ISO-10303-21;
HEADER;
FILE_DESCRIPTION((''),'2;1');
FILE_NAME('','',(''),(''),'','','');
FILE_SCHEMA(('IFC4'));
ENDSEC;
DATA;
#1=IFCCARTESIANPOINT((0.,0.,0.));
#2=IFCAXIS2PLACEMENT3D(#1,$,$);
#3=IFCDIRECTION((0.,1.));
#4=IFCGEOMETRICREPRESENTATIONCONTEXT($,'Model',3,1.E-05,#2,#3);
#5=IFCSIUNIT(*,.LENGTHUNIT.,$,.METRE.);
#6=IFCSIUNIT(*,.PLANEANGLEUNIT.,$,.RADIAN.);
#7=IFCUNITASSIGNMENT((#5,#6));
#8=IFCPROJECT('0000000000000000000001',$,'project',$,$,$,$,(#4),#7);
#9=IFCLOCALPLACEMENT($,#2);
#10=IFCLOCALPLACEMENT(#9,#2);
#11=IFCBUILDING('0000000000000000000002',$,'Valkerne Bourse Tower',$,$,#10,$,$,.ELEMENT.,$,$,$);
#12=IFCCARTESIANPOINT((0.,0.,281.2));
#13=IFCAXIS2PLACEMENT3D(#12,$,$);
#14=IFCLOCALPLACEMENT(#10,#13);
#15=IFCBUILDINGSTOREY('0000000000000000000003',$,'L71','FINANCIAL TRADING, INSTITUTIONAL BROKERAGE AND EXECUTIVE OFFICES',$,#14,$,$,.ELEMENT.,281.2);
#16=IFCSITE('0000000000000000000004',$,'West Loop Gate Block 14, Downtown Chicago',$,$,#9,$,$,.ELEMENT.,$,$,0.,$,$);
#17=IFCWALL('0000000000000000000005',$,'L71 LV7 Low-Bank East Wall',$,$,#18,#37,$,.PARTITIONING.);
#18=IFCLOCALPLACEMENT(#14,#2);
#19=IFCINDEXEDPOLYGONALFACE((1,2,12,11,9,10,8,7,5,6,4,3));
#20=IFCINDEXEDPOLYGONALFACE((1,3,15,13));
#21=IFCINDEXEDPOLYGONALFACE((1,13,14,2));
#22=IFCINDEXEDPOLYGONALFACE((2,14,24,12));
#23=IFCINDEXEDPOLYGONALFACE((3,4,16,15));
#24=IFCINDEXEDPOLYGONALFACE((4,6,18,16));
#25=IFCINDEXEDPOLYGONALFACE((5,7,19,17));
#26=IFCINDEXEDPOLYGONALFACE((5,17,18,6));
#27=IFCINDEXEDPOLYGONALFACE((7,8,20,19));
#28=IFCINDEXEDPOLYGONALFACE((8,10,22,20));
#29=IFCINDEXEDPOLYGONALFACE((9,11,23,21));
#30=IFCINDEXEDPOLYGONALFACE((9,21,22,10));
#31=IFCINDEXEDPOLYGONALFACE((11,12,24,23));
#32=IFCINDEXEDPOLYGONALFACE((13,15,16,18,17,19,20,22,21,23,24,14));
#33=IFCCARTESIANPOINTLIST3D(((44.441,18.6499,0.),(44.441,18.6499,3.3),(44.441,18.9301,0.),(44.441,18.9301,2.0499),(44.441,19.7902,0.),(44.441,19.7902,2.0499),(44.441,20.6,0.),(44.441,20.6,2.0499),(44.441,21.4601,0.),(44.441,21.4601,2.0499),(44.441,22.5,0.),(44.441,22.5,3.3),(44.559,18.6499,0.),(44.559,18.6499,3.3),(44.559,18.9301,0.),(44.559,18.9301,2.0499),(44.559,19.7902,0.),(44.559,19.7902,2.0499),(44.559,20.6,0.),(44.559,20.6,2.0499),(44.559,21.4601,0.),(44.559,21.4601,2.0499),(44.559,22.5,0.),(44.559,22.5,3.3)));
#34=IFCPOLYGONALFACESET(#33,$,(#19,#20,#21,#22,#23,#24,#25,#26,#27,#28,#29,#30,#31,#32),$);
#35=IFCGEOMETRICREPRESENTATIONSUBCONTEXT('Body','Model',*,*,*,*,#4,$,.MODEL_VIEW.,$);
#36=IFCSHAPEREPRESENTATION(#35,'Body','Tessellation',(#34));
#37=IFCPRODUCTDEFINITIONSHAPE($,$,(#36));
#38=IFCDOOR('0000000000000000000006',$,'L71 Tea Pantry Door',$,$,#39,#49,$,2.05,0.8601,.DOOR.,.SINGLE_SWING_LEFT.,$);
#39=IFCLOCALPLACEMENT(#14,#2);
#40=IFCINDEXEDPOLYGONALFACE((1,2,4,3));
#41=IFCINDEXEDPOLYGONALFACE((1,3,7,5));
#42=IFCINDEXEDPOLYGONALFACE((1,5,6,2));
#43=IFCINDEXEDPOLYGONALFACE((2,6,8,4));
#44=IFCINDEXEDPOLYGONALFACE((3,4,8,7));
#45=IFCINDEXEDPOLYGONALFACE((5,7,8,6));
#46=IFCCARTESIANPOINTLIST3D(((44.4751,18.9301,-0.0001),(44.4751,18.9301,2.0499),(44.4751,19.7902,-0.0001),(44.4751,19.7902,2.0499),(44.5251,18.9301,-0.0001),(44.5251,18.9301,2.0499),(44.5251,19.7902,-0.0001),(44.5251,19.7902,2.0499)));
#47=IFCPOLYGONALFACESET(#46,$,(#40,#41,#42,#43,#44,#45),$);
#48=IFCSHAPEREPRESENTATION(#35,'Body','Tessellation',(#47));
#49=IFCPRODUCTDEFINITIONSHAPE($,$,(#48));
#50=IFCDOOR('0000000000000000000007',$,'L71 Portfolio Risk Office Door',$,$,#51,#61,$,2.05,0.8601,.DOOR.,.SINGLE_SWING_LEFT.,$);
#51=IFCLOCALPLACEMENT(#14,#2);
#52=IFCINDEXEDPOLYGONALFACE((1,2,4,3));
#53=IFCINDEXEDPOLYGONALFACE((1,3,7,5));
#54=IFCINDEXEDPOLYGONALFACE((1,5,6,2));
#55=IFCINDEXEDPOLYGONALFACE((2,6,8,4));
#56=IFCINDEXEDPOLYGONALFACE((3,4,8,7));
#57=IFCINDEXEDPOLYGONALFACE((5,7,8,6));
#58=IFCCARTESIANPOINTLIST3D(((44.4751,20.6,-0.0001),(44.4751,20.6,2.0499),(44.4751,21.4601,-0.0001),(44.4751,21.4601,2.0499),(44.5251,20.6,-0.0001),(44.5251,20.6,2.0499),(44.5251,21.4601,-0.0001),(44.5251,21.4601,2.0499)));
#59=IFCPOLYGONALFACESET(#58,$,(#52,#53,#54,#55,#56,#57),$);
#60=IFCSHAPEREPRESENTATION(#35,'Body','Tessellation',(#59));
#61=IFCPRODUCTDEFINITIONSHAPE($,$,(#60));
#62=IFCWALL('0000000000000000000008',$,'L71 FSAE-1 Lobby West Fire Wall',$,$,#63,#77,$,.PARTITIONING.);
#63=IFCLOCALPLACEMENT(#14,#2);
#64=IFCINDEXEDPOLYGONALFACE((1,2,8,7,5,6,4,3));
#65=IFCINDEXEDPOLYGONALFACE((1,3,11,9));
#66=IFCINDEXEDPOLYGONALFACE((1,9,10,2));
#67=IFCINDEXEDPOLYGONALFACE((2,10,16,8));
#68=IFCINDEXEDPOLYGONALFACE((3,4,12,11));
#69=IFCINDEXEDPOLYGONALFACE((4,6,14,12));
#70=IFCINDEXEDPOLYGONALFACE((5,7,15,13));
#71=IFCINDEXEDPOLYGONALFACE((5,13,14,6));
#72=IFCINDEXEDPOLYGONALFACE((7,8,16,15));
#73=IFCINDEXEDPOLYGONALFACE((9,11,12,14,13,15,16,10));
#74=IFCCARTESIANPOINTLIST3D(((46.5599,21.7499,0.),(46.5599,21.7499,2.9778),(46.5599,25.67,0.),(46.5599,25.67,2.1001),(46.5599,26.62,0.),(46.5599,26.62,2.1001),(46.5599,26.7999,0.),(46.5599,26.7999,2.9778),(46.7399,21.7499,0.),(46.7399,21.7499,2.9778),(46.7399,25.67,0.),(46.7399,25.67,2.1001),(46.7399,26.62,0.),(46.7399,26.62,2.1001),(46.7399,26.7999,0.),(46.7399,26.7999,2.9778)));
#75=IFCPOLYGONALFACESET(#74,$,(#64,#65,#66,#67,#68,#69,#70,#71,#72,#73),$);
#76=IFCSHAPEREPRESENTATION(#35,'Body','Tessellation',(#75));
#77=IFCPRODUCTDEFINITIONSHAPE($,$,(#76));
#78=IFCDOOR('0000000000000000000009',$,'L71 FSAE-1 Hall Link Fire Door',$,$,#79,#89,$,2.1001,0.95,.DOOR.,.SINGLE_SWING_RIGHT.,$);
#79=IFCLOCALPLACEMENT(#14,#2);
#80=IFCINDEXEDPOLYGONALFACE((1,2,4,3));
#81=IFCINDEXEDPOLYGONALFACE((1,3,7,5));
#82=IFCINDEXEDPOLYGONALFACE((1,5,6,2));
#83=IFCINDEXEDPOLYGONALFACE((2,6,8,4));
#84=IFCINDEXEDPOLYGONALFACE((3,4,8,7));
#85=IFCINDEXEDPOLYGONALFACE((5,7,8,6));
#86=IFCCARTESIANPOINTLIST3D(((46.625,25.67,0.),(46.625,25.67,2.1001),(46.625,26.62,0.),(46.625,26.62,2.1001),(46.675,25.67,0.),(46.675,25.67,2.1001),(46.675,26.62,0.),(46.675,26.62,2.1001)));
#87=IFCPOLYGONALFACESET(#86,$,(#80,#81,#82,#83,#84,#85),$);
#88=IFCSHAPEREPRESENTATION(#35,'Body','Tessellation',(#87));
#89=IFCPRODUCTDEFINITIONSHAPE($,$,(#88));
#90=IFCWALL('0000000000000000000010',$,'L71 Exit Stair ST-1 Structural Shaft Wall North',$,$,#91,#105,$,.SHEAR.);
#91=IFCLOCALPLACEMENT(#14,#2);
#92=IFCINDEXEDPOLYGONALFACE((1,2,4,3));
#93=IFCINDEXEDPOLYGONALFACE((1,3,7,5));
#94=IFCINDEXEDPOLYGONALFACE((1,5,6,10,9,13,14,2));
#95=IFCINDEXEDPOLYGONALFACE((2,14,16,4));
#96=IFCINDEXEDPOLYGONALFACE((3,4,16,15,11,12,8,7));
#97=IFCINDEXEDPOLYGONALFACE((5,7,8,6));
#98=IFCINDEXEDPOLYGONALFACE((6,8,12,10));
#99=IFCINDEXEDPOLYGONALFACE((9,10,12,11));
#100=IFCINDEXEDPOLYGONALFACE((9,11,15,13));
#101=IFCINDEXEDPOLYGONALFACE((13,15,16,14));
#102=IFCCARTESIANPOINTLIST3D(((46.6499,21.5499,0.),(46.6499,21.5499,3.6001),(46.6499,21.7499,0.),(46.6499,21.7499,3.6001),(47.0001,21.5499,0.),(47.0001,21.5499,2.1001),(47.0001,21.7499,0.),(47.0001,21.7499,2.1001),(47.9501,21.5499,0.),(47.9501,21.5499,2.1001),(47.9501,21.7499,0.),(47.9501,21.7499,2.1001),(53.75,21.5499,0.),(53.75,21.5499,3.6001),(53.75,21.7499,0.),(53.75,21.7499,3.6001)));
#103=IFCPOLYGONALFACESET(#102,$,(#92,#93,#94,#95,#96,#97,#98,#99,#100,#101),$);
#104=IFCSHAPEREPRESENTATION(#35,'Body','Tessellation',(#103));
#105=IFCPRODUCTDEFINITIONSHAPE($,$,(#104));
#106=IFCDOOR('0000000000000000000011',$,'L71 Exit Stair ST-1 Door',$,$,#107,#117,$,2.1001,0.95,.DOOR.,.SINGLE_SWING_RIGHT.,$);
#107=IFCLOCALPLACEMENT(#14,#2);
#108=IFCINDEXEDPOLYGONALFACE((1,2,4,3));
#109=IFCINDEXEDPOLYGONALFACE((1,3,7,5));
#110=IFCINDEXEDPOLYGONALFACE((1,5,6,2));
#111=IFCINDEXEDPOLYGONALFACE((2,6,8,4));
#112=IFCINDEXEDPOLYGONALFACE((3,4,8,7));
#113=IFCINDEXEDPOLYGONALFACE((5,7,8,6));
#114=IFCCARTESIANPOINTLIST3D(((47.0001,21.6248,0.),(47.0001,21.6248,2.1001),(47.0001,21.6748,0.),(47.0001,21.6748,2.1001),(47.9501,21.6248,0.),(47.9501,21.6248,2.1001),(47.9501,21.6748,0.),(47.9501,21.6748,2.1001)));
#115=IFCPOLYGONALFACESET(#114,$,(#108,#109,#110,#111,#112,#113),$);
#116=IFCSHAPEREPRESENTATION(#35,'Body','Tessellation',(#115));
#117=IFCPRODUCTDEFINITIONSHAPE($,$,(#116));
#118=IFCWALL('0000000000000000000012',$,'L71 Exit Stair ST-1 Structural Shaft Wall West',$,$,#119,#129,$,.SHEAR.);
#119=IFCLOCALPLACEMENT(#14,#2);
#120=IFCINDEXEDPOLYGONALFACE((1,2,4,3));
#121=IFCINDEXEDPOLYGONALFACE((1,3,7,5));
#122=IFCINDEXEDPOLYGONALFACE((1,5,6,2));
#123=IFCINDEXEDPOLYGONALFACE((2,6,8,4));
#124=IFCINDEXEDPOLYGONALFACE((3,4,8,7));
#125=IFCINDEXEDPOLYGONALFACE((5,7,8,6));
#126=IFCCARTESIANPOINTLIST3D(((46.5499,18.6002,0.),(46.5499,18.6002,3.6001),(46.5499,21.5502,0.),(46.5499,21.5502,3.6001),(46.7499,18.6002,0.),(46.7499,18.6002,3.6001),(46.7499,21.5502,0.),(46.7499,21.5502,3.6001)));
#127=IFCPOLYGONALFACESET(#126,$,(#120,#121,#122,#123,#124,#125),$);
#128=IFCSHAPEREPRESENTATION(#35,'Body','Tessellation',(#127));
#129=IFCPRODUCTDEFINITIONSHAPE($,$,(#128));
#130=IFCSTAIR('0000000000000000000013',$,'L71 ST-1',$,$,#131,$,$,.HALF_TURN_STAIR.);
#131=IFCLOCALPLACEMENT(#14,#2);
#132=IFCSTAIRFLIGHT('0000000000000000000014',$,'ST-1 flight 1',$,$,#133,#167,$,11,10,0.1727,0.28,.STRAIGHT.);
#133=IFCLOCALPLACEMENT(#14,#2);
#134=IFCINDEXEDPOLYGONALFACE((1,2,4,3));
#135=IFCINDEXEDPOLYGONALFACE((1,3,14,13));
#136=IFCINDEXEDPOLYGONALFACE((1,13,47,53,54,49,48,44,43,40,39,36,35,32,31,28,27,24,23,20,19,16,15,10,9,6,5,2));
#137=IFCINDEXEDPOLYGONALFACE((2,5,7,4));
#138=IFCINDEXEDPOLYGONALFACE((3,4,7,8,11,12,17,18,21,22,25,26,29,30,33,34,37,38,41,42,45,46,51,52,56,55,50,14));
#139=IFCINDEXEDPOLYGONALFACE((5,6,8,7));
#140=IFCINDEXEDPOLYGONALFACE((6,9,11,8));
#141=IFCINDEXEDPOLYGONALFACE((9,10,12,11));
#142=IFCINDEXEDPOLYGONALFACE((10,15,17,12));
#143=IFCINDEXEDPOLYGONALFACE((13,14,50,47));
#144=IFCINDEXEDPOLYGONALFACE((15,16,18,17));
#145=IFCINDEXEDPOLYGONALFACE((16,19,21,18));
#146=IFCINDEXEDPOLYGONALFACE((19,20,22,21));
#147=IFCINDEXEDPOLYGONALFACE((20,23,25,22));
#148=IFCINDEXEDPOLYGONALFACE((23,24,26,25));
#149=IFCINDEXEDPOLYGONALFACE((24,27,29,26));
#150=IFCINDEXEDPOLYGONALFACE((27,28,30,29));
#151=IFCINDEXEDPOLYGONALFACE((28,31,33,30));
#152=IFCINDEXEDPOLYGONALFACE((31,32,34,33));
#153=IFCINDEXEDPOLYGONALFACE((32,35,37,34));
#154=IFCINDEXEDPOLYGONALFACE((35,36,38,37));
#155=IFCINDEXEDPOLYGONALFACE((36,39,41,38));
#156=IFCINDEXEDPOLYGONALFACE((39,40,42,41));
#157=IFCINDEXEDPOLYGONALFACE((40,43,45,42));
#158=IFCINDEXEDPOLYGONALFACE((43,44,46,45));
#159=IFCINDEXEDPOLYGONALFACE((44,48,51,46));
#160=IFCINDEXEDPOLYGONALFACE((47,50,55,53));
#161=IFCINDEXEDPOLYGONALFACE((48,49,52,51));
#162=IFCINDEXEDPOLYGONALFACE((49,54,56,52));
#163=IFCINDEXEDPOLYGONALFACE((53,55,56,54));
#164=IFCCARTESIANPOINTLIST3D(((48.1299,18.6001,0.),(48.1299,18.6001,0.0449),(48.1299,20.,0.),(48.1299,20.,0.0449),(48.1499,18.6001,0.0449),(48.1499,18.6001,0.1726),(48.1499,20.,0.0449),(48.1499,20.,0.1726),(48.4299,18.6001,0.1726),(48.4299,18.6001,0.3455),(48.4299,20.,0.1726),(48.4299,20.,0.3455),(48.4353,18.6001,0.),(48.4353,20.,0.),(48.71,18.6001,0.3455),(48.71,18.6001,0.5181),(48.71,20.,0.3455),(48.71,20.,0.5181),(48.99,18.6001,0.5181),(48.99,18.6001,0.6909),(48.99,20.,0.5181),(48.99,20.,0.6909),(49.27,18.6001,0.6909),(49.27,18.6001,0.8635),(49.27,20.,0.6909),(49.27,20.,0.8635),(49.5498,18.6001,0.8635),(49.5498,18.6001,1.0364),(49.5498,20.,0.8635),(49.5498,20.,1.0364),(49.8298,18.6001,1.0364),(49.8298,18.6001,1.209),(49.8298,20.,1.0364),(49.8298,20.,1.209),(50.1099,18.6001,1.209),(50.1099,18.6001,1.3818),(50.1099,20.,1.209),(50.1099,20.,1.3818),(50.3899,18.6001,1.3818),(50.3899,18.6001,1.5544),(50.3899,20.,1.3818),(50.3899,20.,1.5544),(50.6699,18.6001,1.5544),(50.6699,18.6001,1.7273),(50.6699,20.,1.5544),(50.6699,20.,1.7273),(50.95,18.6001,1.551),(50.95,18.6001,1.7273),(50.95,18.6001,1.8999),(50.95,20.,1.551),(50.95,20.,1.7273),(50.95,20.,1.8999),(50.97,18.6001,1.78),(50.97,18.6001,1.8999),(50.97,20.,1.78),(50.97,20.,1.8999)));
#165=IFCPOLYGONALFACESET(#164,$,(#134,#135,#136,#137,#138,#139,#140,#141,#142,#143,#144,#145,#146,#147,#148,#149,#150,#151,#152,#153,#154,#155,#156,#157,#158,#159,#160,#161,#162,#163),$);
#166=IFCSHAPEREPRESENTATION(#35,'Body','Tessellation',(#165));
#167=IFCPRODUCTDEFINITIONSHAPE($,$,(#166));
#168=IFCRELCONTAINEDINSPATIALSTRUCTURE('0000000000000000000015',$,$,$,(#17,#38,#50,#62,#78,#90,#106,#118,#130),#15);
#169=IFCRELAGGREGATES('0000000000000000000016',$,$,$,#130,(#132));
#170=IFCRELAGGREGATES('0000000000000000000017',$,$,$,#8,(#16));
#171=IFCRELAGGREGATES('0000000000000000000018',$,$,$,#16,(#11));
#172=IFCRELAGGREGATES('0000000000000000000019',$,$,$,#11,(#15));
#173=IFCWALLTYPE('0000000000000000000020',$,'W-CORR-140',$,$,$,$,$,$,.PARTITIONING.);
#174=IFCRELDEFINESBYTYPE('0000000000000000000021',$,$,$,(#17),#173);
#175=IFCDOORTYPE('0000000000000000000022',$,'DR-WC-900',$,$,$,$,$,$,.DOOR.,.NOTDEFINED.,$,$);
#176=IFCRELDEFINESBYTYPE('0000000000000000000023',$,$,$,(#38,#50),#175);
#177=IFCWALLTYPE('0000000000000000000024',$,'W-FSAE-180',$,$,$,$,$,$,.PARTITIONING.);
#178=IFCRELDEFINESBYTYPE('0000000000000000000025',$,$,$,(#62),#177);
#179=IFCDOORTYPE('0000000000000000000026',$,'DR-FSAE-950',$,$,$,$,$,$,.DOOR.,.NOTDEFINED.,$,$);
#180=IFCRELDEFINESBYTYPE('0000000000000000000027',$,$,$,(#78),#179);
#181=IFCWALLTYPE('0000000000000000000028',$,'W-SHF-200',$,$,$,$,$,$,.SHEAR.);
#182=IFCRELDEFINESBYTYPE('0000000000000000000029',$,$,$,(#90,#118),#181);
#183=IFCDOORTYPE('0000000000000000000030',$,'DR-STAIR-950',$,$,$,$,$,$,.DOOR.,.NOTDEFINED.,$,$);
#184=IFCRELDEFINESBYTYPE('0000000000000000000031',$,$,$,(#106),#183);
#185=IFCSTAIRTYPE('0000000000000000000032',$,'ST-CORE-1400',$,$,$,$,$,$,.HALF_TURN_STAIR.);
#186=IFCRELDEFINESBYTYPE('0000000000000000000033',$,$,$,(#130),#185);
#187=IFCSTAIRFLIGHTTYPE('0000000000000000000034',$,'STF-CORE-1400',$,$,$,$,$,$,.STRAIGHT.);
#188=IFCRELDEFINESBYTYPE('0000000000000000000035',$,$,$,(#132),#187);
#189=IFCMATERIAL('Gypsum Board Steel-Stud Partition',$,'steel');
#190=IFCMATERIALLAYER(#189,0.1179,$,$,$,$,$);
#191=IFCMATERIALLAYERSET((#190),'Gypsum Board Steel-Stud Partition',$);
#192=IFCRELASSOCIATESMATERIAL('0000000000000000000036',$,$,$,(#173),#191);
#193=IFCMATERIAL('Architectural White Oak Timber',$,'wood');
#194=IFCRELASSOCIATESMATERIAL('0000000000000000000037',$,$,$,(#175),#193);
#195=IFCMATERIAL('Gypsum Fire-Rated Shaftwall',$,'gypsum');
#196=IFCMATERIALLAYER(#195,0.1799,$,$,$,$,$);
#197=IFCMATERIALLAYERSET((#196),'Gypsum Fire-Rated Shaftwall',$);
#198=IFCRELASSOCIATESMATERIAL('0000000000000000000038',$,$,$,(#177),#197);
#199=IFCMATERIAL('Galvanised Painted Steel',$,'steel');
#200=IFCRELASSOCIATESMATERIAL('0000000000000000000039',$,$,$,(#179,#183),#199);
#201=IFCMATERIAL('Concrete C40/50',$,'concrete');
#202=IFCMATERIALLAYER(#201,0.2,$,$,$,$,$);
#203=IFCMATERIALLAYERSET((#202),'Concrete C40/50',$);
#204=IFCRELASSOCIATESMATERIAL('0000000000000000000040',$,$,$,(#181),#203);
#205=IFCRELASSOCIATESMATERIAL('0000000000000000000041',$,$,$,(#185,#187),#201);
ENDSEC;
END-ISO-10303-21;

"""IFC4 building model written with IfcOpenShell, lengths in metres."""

from ifc_helpers import new_model, si_unit, direction, frame, frame_2d, origin, place, context, subcontext, project, spatial, polyline, rectangle, outline, extrude, material, layer, layer_set, type_object, element, fill, aggregate, save


model = new_model("IFC4")

# Units and contexts
model_context = context("Model", 3, precision=1e-05, world=origin(), true_north=direction((0.0, 1.0)))
body_context = subcontext(model_context, "Body", "Model", "MODEL_VIEW")
ifc_project = project(units=[si_unit("LENGTHUNIT", "METRE"), si_unit("PLANEANGLEUNIT", "RADIAN")], contexts=[model_context])

# Site, building, storey
site_placement = place(None, origin())
site = spatial("IfcSite", under=ifc_project, at=site_placement, Name="West Loop Gate Block 14, Downtown Chicago", CompositionType="ELEMENT", RefElevation=0.0)
building_placement = place(site_placement, origin())
building = spatial("IfcBuilding", under=site, at=building_placement, Name="Valkerne Bourse Tower", CompositionType="ELEMENT")
storey_placement = place(building_placement, frame((0.0, 0.0, 281.2)))
storey = spatial("IfcBuildingStorey", under=building, at=storey_placement, Name="L71", Description="FINANCIAL TRADING, INSTITUTIONAL BROKERAGE AND EXECUTIVE OFFICES", CompositionType="ELEMENT", Elevation=281.2)

# Wall, openings, doors
ifc_material_1 = material(Name="Gypsum Board Steel-Stud Partition", Category="steel")
ifc_layer_1 = layer(ifc_material_1, 0.1179)
ifc_layer_set_1 = layer_set([ifc_layer_1], Name="Gypsum Board Steel-Stud Partition")
wall_type_1 = type_object("IfcWallType", Name="W-CORR-140", PredefinedType="PARTITIONING", material=ifc_layer_set_1)
wall_1_placement = place(storey_placement, frame((44.5, 18.6499, 0.0), z_axis=(0.0, 0.0, 1.0), x_axis=(0.0, 1.0, 0.0)))
wall_1 = element("IfcWall", 1, at=wall_1_placement, inside=storey, type_object=wall_type_1, Name="L71 LV7 Low-Bank East Wall", PredefinedType="PARTITIONING", context=body_context, shape_type="SweptSolid", body=[
    extrude(rectangle(XDim=3.8501, YDim=0.1179, at=frame_2d((1.925, 0.0))), origin(), (0.0, 0.0, 1.0), 3.3),
])
opening_1_placement = place(wall_1_placement, frame((0.28, 0.0, 0.0)))
opening_1 = element("IfcOpeningElement", 2, at=opening_1_placement, cuts=wall_1, PredefinedType="OPENING", context=body_context, shape_type="SweptSolid", body=[
    extrude(rectangle(XDim=0.8601, YDim=2.05, at=frame_2d((0.4302, 1.0249))), frame((0.0, 0.0688, 0.0), z_axis=(0.0, -1.0, 0.0), x_axis=(1.0, 0.0, 0.0)), (0.0, 0.0, 1.0), 0.1379),
])
opening_2_placement = place(wall_1_placement, frame((1.95, 0.0, 0.0)))
opening_2 = element("IfcOpeningElement", 3, at=opening_2_placement, cuts=wall_1, PredefinedType="OPENING", context=body_context, shape_type="SweptSolid", body=[
    extrude(rectangle(XDim=0.8601, YDim=2.05, at=frame_2d((0.4302, 1.0249))), frame((0.0, 0.0688, 0.0), z_axis=(0.0, -1.0, 0.0), x_axis=(1.0, 0.0, 0.0)), (0.0, 0.0, 1.0), 0.1379),
])
ifc_material_2 = material(Name="Architectural White Oak Timber", Category="wood")
door_type_1 = type_object("IfcDoorType", Name="DR-WC-900", OperationType="NOTDEFINED", PredefinedType="DOOR", material=ifc_material_2)
door_1_placement = place(opening_1_placement, origin())
door_1 = element("IfcDoor", 4, at=door_1_placement, inside=storey, type_object=door_type_1, Name="L71 Tea Pantry Door", OperationType="SINGLE_SWING_LEFT", OverallHeight=2.05, OverallWidth=0.8601, PredefinedType="DOOR", context=body_context, shape_type="SweptSolid", body=[
    extrude(rectangle(XDim=0.8601, YDim=2.05, at=frame_2d((0.4302, 1.0249))), frame((0.0, 0.0249, 0.0), z_axis=(0.0, -1.0, 0.0), x_axis=(1.0, 0.0, 0.0)), (0.0, 0.0, 1.0), 0.05),
])
fill(opening_1, door_1)
door_2_placement = place(opening_2_placement, origin())
door_2 = element("IfcDoor", 5, at=door_2_placement, inside=storey, type_object=door_type_1, Name="L71 Portfolio Risk Office Door", OperationType="SINGLE_SWING_LEFT", OverallHeight=2.05, OverallWidth=0.8601, PredefinedType="DOOR", context=body_context, shape_type="SweptSolid", body=[
    extrude(rectangle(XDim=0.8601, YDim=2.05, at=frame_2d((0.4302, 1.0249))), frame((0.0, 0.0249, 0.0), z_axis=(0.0, -1.0, 0.0), x_axis=(1.0, 0.0, 0.0)), (0.0, 0.0, 1.0), 0.05),
])
fill(opening_2, door_2)

# Wall, opening, door
ifc_material_3 = material(Name="Gypsum Fire-Rated Shaftwall", Category="gypsum")
ifc_layer_2 = layer(ifc_material_3, 0.1799)
ifc_layer_set_2 = layer_set([ifc_layer_2], Name="Gypsum Fire-Rated Shaftwall")
wall_type_2 = type_object("IfcWallType", Name="W-FSAE-180", PredefinedType="PARTITIONING", material=ifc_layer_set_2)
wall_2_placement = place(storey_placement, frame((46.6499, 21.75, 0.0), z_axis=(0.0, 0.0, 1.0), x_axis=(0.0, 1.0, 0.0)))
wall_2 = element("IfcWall", 6, at=wall_2_placement, inside=storey, type_object=wall_type_2, Name="L71 FSAE-1 Lobby West Fire Wall", PredefinedType="PARTITIONING", context=body_context, shape_type="SweptSolid", body=[
    extrude(rectangle(XDim=5.05, YDim=0.1799, at=frame_2d((2.5249, 0.0))), origin(), (0.0, 0.0, 1.0), 2.9778),
])
opening_3_placement = place(wall_2_placement, frame((3.9199, 0.0, 0.0)))
opening_3 = element("IfcOpeningElement", 7, at=opening_3_placement, cuts=wall_2, PredefinedType="OPENING", context=body_context, shape_type="SweptSolid", body=[
    extrude(rectangle(XDim=0.95, YDim=2.1001, at=frame_2d((0.4751, 1.05))), frame((0.0, 0.0999, 0.0), z_axis=(0.0, -1.0, 0.0), x_axis=(1.0, 0.0, 0.0)), (0.0, 0.0, 1.0), 0.2),
])
ifc_material_4 = material(Name="Galvanised Painted Steel", Category="steel")
door_type_2 = type_object("IfcDoorType", Name="DR-FSAE-950", OperationType="NOTDEFINED", PredefinedType="DOOR", material=ifc_material_4)
door_3_placement = place(opening_3_placement, origin())
door_3 = element("IfcDoor", 8, at=door_3_placement, inside=storey, type_object=door_type_2, Name="L71 FSAE-1 Hall Link Fire Door", OperationType="SINGLE_SWING_RIGHT", OverallHeight=2.1001, OverallWidth=0.95, PredefinedType="DOOR", context=body_context, shape_type="SweptSolid", body=[
    extrude(rectangle(XDim=0.95, YDim=2.1001, at=frame_2d((0.4751, 1.05))), frame((0.0, 0.0249, 0.0), z_axis=(0.0, -1.0, 0.0), x_axis=(1.0, 0.0, 0.0)), (0.0, 0.0, 1.0), 0.05),
])
fill(opening_3, door_3)

# Wall, opening, door
ifc_material_5 = material(Name="Concrete C40/50", Category="concrete")
ifc_layer_3 = layer(ifc_material_5, 0.2)
ifc_layer_set_3 = layer_set([ifc_layer_3], Name="Concrete C40/50")
wall_type_3 = type_object("IfcWallType", Name="W-SHF-200", PredefinedType="SHEAR", material=ifc_layer_set_3)
wall_3_placement = place(storey_placement, frame((46.6499, 21.6499, 0.0), z_axis=(0.0, 0.0, 1.0), x_axis=(1.0, 0.0, 0.0)))
wall_3 = element("IfcWall", 9, at=wall_3_placement, inside=storey, type_object=wall_type_3, Name="L71 Exit Stair ST-1 Structural Shaft Wall North", PredefinedType="SHEAR", context=body_context, shape_type="SweptSolid", body=[
    extrude(rectangle(XDim=7.1001, YDim=0.2, at=frame_2d((3.55, 0.0))), origin(), (0.0, 0.0, 1.0), 3.6001),
])
opening_4_placement = place(wall_3_placement, frame((0.3501, 0.0, 0.0)))
opening_4 = element("IfcOpeningElement", 10, at=opening_4_placement, cuts=wall_3, PredefinedType="OPENING", context=body_context, shape_type="SweptSolid", body=[
    extrude(rectangle(XDim=0.95, YDim=2.1001, at=frame_2d((0.4751, 1.05))), frame((0.0, 0.1099, 0.0), z_axis=(0.0, -1.0, 0.0), x_axis=(1.0, 0.0, 0.0)), (0.0, 0.0, 1.0), 0.22),
])
door_type_3 = type_object("IfcDoorType", Name="DR-STAIR-950", OperationType="NOTDEFINED", PredefinedType="DOOR", material=ifc_material_4)
door_4_placement = place(opening_4_placement, origin())
door_4 = element("IfcDoor", 11, at=door_4_placement, inside=storey, type_object=door_type_3, Name="L71 Exit Stair ST-1 Door", OperationType="SINGLE_SWING_RIGHT", OverallHeight=2.1001, OverallWidth=0.95, PredefinedType="DOOR", context=body_context, shape_type="SweptSolid", body=[
    extrude(rectangle(XDim=0.95, YDim=2.1001, at=frame_2d((0.4751, 1.05))), frame((0.0, 0.0249, 0.0), z_axis=(0.0, -1.0, 0.0), x_axis=(1.0, 0.0, 0.0)), (0.0, 0.0, 1.0), 0.05),
])
fill(opening_4, door_4)

# Wall
wall_4_placement = place(storey_placement, frame((46.6499, 18.6001, 0.0), z_axis=(0.0, 0.0, 1.0), x_axis=(0.0, 1.0, 0.0)))
element("IfcWall", 12, at=wall_4_placement, inside=storey, type_object=wall_type_3, Name="L71 Exit Stair ST-1 Structural Shaft Wall West", PredefinedType="SHEAR", context=body_context, shape_type="SweptSolid", body=[
    extrude(rectangle(XDim=2.95, YDim=0.2, at=frame_2d((1.4751, 0.0))), origin(), (0.0, 0.0, 1.0), 3.6001),
])

# Stair, stair flight
stair_type = type_object("IfcStairType", Name="ST-CORE-1400", PredefinedType="HALF_TURN_STAIR", material=ifc_material_5)
stair_placement = place(storey_placement, origin())
stair = element("IfcStair", 13, at=stair_placement, inside=storey, type_object=stair_type, Name="L71 ST-1", PredefinedType="HALF_TURN_STAIR")
stair_flight_type = type_object("IfcStairFlightType", Name="STF-CORE-1400", PredefinedType="STRAIGHT", material=ifc_material_5)
stair_flight_1_placement = place(storey_placement, frame((48.1499, 19.3, 0.0), z_axis=(0.0, 0.0, 1.0), x_axis=(1.0, 0.0, 0.0)))
stair_flight_1 = element("IfcStairFlight", 14, at=stair_flight_1_placement, type_object=stair_flight_type, Name="ST-1 flight 1", NumberOfRisers=11, NumberOfTreads=10, PredefinedType="STRAIGHT", RiserHeight=0.1727, TreadLength=0.28, context=body_context, shape_type="SweptSolid", body=[
    extrude(outline(polyline([(-0.02, 0.0), (-0.02, 0.0449), (0.0, 0.0449), (0.0, 0.1726), (0.28, 0.1726), (0.28, 0.3455), (0.5601, 0.3455), (0.5601, 0.5181), (0.8401, 0.5181), (0.8401, 0.6909), (1.1201, 0.6909), (1.1201, 0.8635), (1.3999, 0.8635), (1.3999, 1.0364), (1.6799, 1.0364), (1.6799, 1.209), (1.96, 1.209), (1.96, 1.3818), (2.24, 1.3818), (2.24, 1.5544), (2.52, 1.5544), (2.52, 1.7273), (2.8, 1.7273), (2.8, 1.8999), (2.8201, 1.8999), (2.8201, 1.78), (2.8, 1.551), (0.2854, 0.0), (-0.02, 0.0)])), frame((0.0, 0.7, 0.0), z_axis=(0.0, -1.0, 0.0), x_axis=(1.0, 0.0, 0.0)), (0.0, 0.0, 1.0), 1.3999),
])
aggregate(stair, [stair_flight_1])

save(model, "model.ifc")
